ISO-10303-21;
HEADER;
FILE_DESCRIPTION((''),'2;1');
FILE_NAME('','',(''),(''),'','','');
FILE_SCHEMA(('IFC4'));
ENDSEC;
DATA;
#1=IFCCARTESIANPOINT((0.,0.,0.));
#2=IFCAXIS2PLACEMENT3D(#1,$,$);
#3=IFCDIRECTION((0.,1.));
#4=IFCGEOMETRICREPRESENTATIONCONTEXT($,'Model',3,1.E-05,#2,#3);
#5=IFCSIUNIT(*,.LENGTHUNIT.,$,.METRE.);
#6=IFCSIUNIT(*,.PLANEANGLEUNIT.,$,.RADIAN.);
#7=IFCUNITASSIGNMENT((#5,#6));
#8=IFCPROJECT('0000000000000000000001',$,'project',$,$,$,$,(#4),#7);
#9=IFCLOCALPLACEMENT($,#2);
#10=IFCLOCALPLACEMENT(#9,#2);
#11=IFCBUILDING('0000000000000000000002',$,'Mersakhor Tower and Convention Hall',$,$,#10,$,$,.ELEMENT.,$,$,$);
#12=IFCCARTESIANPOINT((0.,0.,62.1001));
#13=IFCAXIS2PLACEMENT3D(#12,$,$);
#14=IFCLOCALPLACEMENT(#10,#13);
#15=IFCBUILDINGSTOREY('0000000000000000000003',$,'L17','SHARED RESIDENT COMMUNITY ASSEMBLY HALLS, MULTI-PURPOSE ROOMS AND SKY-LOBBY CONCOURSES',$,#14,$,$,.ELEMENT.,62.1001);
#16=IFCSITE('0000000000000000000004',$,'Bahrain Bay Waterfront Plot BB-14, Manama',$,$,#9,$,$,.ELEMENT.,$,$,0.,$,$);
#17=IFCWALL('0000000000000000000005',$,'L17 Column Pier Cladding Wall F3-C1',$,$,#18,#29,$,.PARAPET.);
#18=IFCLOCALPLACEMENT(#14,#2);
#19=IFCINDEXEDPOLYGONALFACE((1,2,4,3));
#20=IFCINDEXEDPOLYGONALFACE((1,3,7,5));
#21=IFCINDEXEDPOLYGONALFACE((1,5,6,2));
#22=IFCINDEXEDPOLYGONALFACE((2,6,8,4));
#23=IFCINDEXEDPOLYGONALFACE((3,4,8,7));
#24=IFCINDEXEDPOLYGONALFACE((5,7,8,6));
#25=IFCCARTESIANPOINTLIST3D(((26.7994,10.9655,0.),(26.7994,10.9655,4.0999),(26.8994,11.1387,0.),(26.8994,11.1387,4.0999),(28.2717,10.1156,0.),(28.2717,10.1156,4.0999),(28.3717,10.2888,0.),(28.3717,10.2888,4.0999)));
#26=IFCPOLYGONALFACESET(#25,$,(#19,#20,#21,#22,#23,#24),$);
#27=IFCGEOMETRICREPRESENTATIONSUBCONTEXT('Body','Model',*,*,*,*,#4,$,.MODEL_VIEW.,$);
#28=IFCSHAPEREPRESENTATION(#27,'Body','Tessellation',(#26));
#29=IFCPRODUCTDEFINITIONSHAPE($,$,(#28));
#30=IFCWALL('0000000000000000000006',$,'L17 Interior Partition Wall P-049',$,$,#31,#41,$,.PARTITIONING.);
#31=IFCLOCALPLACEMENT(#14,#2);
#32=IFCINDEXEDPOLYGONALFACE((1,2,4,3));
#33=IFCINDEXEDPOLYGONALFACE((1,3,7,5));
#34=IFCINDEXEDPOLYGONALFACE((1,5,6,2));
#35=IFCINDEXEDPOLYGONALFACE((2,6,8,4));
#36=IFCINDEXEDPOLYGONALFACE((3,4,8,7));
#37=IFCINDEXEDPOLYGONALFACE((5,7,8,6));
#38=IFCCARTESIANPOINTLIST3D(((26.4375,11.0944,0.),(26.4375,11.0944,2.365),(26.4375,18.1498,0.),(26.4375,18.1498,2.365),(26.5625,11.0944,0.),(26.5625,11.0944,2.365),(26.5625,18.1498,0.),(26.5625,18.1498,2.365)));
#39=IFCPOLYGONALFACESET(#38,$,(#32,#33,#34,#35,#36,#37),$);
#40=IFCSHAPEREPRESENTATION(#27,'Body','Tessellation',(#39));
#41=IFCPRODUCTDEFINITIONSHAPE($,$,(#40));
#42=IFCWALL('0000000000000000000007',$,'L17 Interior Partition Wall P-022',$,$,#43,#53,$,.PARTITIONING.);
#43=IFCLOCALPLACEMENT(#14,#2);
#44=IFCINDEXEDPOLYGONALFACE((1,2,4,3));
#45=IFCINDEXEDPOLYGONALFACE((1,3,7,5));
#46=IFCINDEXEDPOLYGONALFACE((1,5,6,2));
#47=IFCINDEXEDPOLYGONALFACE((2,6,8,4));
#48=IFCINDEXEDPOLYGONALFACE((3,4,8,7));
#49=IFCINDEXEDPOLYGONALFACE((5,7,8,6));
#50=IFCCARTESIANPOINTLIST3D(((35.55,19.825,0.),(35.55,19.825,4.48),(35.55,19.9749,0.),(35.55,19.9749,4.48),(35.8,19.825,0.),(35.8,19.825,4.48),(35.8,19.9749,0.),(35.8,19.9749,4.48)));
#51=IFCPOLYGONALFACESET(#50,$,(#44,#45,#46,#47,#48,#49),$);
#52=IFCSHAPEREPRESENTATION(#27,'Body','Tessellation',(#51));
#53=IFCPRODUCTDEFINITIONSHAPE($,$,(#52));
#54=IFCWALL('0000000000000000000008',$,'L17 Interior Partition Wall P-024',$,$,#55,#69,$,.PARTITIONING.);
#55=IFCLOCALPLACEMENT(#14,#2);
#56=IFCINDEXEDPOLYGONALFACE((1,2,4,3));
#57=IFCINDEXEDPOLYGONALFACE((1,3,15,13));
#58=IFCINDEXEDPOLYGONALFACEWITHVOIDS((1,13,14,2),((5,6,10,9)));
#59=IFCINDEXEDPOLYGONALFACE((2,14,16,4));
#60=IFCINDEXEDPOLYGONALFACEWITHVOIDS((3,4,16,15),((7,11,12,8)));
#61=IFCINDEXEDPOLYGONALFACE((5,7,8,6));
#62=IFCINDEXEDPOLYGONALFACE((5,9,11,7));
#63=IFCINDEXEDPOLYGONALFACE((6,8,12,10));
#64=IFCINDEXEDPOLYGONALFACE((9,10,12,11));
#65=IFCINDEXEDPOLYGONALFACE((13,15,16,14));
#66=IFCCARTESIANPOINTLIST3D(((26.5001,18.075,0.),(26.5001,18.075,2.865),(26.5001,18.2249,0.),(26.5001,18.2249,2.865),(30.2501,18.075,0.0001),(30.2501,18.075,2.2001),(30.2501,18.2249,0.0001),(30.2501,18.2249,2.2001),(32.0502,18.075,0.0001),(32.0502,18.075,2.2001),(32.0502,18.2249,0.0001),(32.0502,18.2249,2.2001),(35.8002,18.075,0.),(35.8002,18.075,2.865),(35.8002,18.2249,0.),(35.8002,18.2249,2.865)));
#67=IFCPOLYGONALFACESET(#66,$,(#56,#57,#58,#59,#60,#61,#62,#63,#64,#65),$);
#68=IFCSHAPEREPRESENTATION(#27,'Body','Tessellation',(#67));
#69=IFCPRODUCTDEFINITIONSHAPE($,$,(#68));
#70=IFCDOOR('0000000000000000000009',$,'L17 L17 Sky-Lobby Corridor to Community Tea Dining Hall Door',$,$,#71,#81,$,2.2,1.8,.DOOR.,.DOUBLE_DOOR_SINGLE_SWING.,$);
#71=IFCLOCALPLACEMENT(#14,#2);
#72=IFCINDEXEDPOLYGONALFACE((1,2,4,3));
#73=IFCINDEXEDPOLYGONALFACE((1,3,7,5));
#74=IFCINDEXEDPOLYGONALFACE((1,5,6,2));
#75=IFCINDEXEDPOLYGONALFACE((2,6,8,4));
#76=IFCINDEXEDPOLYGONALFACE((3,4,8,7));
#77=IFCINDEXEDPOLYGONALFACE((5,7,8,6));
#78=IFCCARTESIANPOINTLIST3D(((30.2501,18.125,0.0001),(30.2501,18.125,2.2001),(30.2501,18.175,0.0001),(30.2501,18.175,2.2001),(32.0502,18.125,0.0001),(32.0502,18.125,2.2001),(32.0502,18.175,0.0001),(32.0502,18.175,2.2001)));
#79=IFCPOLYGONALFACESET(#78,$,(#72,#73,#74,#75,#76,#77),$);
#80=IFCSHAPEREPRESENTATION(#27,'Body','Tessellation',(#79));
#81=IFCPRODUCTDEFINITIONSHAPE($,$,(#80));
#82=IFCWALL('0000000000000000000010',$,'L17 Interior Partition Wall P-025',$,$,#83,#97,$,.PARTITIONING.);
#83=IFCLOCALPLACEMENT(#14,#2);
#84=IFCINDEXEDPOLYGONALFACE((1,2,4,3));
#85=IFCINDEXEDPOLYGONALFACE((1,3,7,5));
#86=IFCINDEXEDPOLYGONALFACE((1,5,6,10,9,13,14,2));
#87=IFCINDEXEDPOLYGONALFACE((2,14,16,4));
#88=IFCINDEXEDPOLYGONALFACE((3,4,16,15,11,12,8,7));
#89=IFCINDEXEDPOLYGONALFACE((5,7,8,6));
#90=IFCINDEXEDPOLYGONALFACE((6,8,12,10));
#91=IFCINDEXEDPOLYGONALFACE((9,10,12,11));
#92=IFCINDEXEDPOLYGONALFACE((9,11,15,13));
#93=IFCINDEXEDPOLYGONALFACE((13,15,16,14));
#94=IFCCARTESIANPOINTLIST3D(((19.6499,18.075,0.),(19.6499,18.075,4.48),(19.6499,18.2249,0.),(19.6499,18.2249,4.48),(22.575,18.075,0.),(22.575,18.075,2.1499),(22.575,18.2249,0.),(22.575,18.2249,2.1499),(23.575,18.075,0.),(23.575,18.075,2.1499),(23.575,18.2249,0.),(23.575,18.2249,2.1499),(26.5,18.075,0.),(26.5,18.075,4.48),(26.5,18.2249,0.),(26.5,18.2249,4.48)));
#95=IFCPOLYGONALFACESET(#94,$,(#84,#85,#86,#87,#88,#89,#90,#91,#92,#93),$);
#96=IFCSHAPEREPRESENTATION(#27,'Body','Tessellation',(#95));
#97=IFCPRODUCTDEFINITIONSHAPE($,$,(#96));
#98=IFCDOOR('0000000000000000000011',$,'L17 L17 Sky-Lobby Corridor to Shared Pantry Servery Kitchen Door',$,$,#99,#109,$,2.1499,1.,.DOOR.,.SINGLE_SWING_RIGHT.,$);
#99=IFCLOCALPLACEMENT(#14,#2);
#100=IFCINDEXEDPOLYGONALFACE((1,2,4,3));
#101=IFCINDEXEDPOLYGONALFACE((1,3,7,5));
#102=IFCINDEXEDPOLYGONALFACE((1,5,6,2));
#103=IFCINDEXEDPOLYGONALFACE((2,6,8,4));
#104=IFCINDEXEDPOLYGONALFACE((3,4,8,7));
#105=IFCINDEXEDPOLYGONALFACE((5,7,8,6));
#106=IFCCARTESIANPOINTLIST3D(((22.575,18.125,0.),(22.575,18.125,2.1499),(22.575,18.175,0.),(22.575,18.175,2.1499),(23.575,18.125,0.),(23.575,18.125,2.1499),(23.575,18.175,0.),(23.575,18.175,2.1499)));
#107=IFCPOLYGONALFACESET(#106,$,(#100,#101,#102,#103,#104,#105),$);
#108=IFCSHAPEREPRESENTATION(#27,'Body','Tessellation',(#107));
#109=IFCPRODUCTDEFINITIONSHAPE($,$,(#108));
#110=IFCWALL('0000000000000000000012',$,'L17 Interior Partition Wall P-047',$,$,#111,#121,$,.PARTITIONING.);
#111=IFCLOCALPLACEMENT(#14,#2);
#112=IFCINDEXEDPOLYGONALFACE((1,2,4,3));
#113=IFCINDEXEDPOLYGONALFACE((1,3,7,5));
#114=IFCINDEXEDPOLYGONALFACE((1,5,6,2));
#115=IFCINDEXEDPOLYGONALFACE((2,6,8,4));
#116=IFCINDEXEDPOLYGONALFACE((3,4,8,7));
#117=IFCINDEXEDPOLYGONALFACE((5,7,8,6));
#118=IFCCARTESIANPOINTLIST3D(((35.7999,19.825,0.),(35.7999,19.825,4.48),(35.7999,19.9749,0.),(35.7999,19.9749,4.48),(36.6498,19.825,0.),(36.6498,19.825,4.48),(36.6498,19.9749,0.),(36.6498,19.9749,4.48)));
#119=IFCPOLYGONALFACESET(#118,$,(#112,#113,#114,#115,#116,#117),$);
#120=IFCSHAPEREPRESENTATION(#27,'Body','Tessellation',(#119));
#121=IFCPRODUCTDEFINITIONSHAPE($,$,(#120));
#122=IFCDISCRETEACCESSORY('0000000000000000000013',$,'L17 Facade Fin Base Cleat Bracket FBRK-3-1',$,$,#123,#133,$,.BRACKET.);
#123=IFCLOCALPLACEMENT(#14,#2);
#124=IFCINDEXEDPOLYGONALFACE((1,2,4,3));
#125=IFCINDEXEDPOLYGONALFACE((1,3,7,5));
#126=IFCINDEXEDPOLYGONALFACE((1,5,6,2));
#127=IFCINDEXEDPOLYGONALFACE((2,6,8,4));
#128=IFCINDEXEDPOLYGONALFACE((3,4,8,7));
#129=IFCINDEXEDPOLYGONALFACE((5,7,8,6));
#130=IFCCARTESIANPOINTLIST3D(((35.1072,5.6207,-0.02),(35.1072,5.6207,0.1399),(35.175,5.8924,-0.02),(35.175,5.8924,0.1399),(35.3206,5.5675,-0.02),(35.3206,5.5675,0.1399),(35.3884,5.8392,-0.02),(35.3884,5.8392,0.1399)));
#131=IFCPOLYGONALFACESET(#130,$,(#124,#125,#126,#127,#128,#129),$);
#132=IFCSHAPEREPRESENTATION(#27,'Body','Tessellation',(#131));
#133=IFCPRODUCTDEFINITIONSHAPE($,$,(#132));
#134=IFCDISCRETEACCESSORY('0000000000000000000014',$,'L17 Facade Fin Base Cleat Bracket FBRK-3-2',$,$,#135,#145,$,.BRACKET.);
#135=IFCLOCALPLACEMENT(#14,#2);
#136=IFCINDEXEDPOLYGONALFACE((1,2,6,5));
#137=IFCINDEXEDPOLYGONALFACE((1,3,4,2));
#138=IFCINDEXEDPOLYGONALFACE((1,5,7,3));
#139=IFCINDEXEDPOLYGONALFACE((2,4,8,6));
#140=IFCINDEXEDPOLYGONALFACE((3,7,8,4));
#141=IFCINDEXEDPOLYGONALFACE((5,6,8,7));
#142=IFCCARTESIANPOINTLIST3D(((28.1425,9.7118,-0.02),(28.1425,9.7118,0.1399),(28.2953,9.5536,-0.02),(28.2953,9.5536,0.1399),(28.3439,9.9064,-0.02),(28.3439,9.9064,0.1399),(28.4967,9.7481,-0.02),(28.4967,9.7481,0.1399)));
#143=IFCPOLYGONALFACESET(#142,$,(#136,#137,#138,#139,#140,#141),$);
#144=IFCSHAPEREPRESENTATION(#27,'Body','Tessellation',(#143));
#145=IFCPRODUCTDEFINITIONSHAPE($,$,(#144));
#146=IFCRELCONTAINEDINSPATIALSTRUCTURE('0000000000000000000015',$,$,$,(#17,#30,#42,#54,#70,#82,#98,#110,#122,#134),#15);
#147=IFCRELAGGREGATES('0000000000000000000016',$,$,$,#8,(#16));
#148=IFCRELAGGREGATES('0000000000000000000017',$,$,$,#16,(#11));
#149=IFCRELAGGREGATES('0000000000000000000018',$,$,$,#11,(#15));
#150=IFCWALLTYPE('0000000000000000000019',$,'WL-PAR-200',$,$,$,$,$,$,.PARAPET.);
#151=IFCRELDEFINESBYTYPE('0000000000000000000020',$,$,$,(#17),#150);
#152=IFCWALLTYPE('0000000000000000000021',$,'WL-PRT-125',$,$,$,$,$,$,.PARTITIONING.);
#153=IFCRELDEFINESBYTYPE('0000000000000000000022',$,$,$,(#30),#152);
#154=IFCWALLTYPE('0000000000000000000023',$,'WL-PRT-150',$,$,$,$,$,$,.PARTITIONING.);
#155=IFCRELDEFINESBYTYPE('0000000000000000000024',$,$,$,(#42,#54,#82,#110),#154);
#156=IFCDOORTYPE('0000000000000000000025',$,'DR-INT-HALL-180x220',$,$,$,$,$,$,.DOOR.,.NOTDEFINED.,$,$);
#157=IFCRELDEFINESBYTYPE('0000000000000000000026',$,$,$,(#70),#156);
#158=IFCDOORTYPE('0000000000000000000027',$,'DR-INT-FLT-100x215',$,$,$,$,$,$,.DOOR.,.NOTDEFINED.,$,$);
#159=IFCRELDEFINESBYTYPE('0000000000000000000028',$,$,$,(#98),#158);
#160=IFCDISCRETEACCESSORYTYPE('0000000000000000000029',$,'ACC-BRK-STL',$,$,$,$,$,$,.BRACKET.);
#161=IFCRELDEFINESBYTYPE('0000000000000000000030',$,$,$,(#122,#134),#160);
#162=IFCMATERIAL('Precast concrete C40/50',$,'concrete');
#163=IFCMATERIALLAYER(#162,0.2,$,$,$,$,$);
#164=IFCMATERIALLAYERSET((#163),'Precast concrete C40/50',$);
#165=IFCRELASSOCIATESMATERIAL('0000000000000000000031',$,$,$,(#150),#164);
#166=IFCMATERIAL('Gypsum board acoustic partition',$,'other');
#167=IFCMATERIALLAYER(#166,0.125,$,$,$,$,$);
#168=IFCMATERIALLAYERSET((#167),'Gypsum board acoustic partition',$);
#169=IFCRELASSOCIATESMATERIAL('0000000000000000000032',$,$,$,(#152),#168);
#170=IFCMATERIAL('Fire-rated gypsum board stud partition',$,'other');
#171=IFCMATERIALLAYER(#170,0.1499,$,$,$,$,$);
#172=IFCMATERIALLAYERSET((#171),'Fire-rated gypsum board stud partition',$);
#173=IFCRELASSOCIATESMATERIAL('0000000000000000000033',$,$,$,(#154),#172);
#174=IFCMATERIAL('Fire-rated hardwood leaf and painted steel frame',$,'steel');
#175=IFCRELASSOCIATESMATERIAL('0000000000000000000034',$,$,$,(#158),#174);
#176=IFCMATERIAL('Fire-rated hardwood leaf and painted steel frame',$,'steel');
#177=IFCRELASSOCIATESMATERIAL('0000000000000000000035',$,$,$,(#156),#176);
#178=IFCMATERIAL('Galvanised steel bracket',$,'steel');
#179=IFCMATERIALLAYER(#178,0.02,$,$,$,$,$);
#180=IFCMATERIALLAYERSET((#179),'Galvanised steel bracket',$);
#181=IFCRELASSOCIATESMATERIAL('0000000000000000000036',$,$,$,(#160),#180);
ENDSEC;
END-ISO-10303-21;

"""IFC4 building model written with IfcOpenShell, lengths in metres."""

from ifc_helpers import new_model, si_unit, direction, frame, frame_2d, origin, origin_2d, place, context, subcontext, project, spatial, rectangle, extrude, material, layer, layer_set, type_object, element, fill, save


model = new_model("IFC4")

# Units and contexts
model_context = context("Model", 3, precision=1e-05, world=origin(), true_north=direction((0.0, 1.0)))
body_context = subcontext(model_context, "Body", "Model", "MODEL_VIEW")
ifc_project = project(units=[si_unit("LENGTHUNIT", "METRE"), si_unit("PLANEANGLEUNIT", "RADIAN")], contexts=[model_context])

# Site, building, storey
site_placement = place(None, origin())
site = spatial("IfcSite", under=ifc_project, at=site_placement, Name="Bahrain Bay Waterfront Plot BB-14, Manama", CompositionType="ELEMENT", RefElevation=0.0)
building_placement = place(site_placement, origin())
building = spatial("IfcBuilding", under=site, at=building_placement, Name="Mersakhor Tower and Convention Hall", CompositionType="ELEMENT")
storey_placement = place(building_placement, frame((0.0, 0.0, 62.1001)))
storey = spatial("IfcBuildingStorey", under=building, at=storey_placement, Name="L17", Description="SHARED RESIDENT COMMUNITY ASSEMBLY HALLS, MULTI-PURPOSE ROOMS AND SKY-LOBBY CONCOURSES", CompositionType="ELEMENT", Elevation=62.1001)

# Walls
ifc_material_1 = material(Name="Precast concrete C40/50", Category="concrete")
ifc_layer_1 = layer(ifc_material_1, 0.2)
ifc_layer_set_1 = layer_set([ifc_layer_1], Name="Precast concrete C40/50")
wall_type_1 = type_object("IfcWallType", Name="WL-PAR-200", PredefinedType="PARAPET", material=ifc_layer_set_1)
wall_1_placement = place(storey_placement, frame((28.3218, 10.2021, 0.0), z_axis=(0.0, 0.0, 1.0), x_axis=(-0.866052, 0.499955, 0.0)))
element("IfcWall", 1, at=wall_1_placement, inside=storey, type_object=wall_type_1, Name="L17 Column Pier Cladding Wall F3-C1", PredefinedType="PARAPET", context=body_context, shape_type="SweptSolid", body=[
    extrude(rectangle(XDim=1.7, YDim=0.2, at=frame_2d((0.8501, 0.0))), origin(), (0.0, 0.0, 1.0), 4.0999),
])
ifc_material_2 = material(Name="Gypsum board acoustic partition", Category="other")
ifc_layer_2 = layer(ifc_material_2, 0.125)
ifc_layer_set_2 = layer_set([ifc_layer_2], Name="Gypsum board acoustic partition")
wall_type_2 = type_object("IfcWallType", Name="WL-PRT-125", PredefinedType="PARTITIONING", material=ifc_layer_set_2)
wall_2_placement = place(storey_placement, frame((26.5, 18.1499, 0.0), z_axis=(0.0, 0.0, 1.0), x_axis=(0.0, -1.0, 0.0)))
element("IfcWall", 2, at=wall_2_placement, inside=storey, type_object=wall_type_2, Name="L17 Interior Partition Wall P-049", PredefinedType="PARTITIONING", context=body_context, shape_type="SweptSolid", body=[
    extrude(rectangle(XDim=7.0554, YDim=0.125, at=frame_2d((3.5278, 0.0))), origin(), (0.0, 0.0, 1.0), 2.365),
])
ifc_material_3 = material(Name="Fire-rated gypsum board stud partition", Category="other")
ifc_layer_3 = layer(ifc_material_3, 0.1499)
ifc_layer_set_3 = layer_set([ifc_layer_3], Name="Fire-rated gypsum board stud partition")
wall_type_3 = type_object("IfcWallType", Name="WL-PRT-150", PredefinedType="PARTITIONING", material=ifc_layer_set_3)
wall_3_placement = place(storey_placement, frame((35.55, 19.8999, 0.0), z_axis=(0.0, 0.0, 1.0), x_axis=(1.0, 0.0, 0.0)))
element("IfcWall", 3, at=wall_3_placement, inside=storey, type_object=wall_type_3, Name="L17 Interior Partition Wall P-022", PredefinedType="PARTITIONING", context=body_context, shape_type="SweptSolid", body=[
    extrude(rectangle(XDim=0.25, YDim=0.1499, at=frame_2d((0.125, 0.0))), origin(), (0.0, 0.0, 1.0), 4.48),
])

# Walls, openings, doors
ifc_material_4 = material(Name="Fire-rated hardwood leaf and painted steel frame", Category="steel")
door_type_1 = type_object("IfcDoorType", Name="DR-INT-FLT-100x215", OperationType="NOTDEFINED", PredefinedType="DOOR", material=ifc_material_4)
wall_4_placement = place(storey_placement, frame((35.8, 18.1499, 0.0), z_axis=(0.0, 0.0, 1.0), x_axis=(-1.0, 0.0, 0.0)))
wall_4 = element("IfcWall", 4, at=wall_4_placement, inside=storey, type_object=wall_type_3, Name="L17 Interior Partition Wall P-024", PredefinedType="PARTITIONING", context=body_context, shape_type="SweptSolid", body=[
    extrude(rectangle(XDim=9.3, YDim=0.1499, at=frame_2d((4.6499, 0.0))), origin(), (0.0, 0.0, 1.0), 2.865),
])
opening_1_placement = place(wall_4_placement, frame((3.75, 0.0, 0.0)))
opening_1 = element("IfcOpeningElement", 5, at=opening_1_placement, cuts=wall_4, PredefinedType="OPENING", context=body_context, shape_type="SweptSolid", body=[
    extrude(rectangle(XDim=1.8, YDim=2.2, at=frame_2d((0.8999, 1.1001))), frame((0.0, 0.085, 0.0), z_axis=(0.0, -1.0, 0.0), x_axis=(1.0, 0.0, 0.0)), (0.0, 0.0, 1.0), 0.1699),
])
ifc_material_5 = material(Name="Fire-rated hardwood leaf and painted steel frame", Category="steel")
door_type_2 = type_object("IfcDoorType", Name="DR-INT-HALL-180x220", OperationType="NOTDEFINED", PredefinedType="DOOR", material=ifc_material_5)
door_1_placement = place(opening_1_placement, origin())
door_1 = element("IfcDoor", 6, at=door_1_placement, inside=storey, type_object=door_type_2, Name="L17 L17 Sky-Lobby Corridor to Community Tea Dining Hall Door", OperationType="DOUBLE_DOOR_SINGLE_SWING", OverallHeight=2.2, OverallWidth=1.8, PredefinedType="DOOR", context=body_context, shape_type="SweptSolid", body=[
    extrude(rectangle(XDim=1.8, YDim=2.2, at=frame_2d((0.8999, 1.1001))), frame((0.0, 0.0249, 0.0), z_axis=(0.0, -1.0, 0.0), x_axis=(1.0, 0.0, 0.0)), (0.0, 0.0, 1.0), 0.05),
])
fill(opening_1, door_1)
wall_5_placement = place(storey_placement, frame((26.5, 18.1499, 0.0), z_axis=(0.0, 0.0, 1.0), x_axis=(-1.0, 0.0, 0.0)))
wall_5 = element("IfcWall", 7, at=wall_5_placement, inside=storey, type_object=wall_type_3, Name="L17 Interior Partition Wall P-025", PredefinedType="PARTITIONING", context=body_context, shape_type="SweptSolid", body=[
    extrude(rectangle(XDim=6.8501, YDim=0.1499, at=frame_2d((3.425, 0.0))), origin(), (0.0, 0.0, 1.0), 4.48),
])
opening_2_placement = place(wall_5_placement, frame((2.925, 0.0, 0.0)))
opening_2 = element("IfcOpeningElement", 8, at=opening_2_placement, cuts=wall_5, PredefinedType="OPENING", context=body_context, shape_type="SweptSolid", body=[
    extrude(rectangle(XDim=1.0, YDim=2.1499, at=frame_2d((0.5, 1.075))), frame((0.0, 0.085, 0.0), z_axis=(0.0, -1.0, 0.0), x_axis=(1.0, 0.0, 0.0)), (0.0, 0.0, 1.0), 0.1699),
])
door_2_placement = place(opening_2_placement, origin())
door_2 = element("IfcDoor", 9, at=door_2_placement, inside=storey, type_object=door_type_1, Name="L17 L17 Sky-Lobby Corridor to Shared Pantry Servery Kitchen Door", OperationType="SINGLE_SWING_RIGHT", OverallHeight=2.1499, OverallWidth=1.0, PredefinedType="DOOR", context=body_context, shape_type="SweptSolid", body=[
    extrude(rectangle(XDim=1.0, YDim=2.1499, at=frame_2d((0.5, 1.075))), frame((0.0, 0.0249, 0.0), z_axis=(0.0, -1.0, 0.0), x_axis=(1.0, 0.0, 0.0)), (0.0, 0.0, 1.0), 0.05),
])
fill(opening_2, door_2)

# Wall
wall_6_placement = place(storey_placement, frame((35.8, 19.8999, 0.0), z_axis=(0.0, 0.0, 1.0), x_axis=(1.0, 0.0, 0.0)))
element("IfcWall", 10, at=wall_6_placement, inside=storey, type_object=wall_type_3, Name="L17 Interior Partition Wall P-047", PredefinedType="PARTITIONING", context=body_context, shape_type="SweptSolid", body=[
    extrude(rectangle(XDim=0.8499, YDim=0.1499, at=frame_2d((0.4248, 0.0))), origin(), (0.0, 0.0, 1.0), 4.48),
])

# Discrete accessories
ifc_material_6 = material(Name="Galvanised steel bracket", Category="steel")
ifc_layer_4 = layer(ifc_material_6, 0.02)
ifc_layer_set_4 = layer_set([ifc_layer_4], Name="Galvanised steel bracket")
discrete_accessory_type = type_object("IfcDiscreteAccessoryType", Name="ACC-BRK-STL", PredefinedType="BRACKET", material=ifc_layer_set_4)
for number, where, z_axis, x_axis, name in (
    (11, (35.2478, 5.73, -0.02), (0.0, 0.0, 1.0), (-0.241922, -0.970296, 0.0), "L17 Facade Fin Base Cleat Bracket FBRK-3-1"),
    (12, (28.3196, 9.73, -0.02), (0.0, 0.0, 1.0), (-0.71934, -0.694658, 0.0), "L17 Facade Fin Base Cleat Bracket FBRK-3-2"),
):
    element("IfcDiscreteAccessory", number, at=place(storey_placement, frame(where, z_axis=z_axis, x_axis=x_axis)), inside=storey, type_object=discrete_accessory_type, Name=name, PredefinedType="BRACKET", context=body_context, shape_type="SweptSolid", body=[
        extrude(rectangle(XDim=0.28, YDim=0.22, at=origin_2d()), origin(), (0.0, 0.0, 1.0), 0.1599),
    ])

save(model, "model.ifc")
